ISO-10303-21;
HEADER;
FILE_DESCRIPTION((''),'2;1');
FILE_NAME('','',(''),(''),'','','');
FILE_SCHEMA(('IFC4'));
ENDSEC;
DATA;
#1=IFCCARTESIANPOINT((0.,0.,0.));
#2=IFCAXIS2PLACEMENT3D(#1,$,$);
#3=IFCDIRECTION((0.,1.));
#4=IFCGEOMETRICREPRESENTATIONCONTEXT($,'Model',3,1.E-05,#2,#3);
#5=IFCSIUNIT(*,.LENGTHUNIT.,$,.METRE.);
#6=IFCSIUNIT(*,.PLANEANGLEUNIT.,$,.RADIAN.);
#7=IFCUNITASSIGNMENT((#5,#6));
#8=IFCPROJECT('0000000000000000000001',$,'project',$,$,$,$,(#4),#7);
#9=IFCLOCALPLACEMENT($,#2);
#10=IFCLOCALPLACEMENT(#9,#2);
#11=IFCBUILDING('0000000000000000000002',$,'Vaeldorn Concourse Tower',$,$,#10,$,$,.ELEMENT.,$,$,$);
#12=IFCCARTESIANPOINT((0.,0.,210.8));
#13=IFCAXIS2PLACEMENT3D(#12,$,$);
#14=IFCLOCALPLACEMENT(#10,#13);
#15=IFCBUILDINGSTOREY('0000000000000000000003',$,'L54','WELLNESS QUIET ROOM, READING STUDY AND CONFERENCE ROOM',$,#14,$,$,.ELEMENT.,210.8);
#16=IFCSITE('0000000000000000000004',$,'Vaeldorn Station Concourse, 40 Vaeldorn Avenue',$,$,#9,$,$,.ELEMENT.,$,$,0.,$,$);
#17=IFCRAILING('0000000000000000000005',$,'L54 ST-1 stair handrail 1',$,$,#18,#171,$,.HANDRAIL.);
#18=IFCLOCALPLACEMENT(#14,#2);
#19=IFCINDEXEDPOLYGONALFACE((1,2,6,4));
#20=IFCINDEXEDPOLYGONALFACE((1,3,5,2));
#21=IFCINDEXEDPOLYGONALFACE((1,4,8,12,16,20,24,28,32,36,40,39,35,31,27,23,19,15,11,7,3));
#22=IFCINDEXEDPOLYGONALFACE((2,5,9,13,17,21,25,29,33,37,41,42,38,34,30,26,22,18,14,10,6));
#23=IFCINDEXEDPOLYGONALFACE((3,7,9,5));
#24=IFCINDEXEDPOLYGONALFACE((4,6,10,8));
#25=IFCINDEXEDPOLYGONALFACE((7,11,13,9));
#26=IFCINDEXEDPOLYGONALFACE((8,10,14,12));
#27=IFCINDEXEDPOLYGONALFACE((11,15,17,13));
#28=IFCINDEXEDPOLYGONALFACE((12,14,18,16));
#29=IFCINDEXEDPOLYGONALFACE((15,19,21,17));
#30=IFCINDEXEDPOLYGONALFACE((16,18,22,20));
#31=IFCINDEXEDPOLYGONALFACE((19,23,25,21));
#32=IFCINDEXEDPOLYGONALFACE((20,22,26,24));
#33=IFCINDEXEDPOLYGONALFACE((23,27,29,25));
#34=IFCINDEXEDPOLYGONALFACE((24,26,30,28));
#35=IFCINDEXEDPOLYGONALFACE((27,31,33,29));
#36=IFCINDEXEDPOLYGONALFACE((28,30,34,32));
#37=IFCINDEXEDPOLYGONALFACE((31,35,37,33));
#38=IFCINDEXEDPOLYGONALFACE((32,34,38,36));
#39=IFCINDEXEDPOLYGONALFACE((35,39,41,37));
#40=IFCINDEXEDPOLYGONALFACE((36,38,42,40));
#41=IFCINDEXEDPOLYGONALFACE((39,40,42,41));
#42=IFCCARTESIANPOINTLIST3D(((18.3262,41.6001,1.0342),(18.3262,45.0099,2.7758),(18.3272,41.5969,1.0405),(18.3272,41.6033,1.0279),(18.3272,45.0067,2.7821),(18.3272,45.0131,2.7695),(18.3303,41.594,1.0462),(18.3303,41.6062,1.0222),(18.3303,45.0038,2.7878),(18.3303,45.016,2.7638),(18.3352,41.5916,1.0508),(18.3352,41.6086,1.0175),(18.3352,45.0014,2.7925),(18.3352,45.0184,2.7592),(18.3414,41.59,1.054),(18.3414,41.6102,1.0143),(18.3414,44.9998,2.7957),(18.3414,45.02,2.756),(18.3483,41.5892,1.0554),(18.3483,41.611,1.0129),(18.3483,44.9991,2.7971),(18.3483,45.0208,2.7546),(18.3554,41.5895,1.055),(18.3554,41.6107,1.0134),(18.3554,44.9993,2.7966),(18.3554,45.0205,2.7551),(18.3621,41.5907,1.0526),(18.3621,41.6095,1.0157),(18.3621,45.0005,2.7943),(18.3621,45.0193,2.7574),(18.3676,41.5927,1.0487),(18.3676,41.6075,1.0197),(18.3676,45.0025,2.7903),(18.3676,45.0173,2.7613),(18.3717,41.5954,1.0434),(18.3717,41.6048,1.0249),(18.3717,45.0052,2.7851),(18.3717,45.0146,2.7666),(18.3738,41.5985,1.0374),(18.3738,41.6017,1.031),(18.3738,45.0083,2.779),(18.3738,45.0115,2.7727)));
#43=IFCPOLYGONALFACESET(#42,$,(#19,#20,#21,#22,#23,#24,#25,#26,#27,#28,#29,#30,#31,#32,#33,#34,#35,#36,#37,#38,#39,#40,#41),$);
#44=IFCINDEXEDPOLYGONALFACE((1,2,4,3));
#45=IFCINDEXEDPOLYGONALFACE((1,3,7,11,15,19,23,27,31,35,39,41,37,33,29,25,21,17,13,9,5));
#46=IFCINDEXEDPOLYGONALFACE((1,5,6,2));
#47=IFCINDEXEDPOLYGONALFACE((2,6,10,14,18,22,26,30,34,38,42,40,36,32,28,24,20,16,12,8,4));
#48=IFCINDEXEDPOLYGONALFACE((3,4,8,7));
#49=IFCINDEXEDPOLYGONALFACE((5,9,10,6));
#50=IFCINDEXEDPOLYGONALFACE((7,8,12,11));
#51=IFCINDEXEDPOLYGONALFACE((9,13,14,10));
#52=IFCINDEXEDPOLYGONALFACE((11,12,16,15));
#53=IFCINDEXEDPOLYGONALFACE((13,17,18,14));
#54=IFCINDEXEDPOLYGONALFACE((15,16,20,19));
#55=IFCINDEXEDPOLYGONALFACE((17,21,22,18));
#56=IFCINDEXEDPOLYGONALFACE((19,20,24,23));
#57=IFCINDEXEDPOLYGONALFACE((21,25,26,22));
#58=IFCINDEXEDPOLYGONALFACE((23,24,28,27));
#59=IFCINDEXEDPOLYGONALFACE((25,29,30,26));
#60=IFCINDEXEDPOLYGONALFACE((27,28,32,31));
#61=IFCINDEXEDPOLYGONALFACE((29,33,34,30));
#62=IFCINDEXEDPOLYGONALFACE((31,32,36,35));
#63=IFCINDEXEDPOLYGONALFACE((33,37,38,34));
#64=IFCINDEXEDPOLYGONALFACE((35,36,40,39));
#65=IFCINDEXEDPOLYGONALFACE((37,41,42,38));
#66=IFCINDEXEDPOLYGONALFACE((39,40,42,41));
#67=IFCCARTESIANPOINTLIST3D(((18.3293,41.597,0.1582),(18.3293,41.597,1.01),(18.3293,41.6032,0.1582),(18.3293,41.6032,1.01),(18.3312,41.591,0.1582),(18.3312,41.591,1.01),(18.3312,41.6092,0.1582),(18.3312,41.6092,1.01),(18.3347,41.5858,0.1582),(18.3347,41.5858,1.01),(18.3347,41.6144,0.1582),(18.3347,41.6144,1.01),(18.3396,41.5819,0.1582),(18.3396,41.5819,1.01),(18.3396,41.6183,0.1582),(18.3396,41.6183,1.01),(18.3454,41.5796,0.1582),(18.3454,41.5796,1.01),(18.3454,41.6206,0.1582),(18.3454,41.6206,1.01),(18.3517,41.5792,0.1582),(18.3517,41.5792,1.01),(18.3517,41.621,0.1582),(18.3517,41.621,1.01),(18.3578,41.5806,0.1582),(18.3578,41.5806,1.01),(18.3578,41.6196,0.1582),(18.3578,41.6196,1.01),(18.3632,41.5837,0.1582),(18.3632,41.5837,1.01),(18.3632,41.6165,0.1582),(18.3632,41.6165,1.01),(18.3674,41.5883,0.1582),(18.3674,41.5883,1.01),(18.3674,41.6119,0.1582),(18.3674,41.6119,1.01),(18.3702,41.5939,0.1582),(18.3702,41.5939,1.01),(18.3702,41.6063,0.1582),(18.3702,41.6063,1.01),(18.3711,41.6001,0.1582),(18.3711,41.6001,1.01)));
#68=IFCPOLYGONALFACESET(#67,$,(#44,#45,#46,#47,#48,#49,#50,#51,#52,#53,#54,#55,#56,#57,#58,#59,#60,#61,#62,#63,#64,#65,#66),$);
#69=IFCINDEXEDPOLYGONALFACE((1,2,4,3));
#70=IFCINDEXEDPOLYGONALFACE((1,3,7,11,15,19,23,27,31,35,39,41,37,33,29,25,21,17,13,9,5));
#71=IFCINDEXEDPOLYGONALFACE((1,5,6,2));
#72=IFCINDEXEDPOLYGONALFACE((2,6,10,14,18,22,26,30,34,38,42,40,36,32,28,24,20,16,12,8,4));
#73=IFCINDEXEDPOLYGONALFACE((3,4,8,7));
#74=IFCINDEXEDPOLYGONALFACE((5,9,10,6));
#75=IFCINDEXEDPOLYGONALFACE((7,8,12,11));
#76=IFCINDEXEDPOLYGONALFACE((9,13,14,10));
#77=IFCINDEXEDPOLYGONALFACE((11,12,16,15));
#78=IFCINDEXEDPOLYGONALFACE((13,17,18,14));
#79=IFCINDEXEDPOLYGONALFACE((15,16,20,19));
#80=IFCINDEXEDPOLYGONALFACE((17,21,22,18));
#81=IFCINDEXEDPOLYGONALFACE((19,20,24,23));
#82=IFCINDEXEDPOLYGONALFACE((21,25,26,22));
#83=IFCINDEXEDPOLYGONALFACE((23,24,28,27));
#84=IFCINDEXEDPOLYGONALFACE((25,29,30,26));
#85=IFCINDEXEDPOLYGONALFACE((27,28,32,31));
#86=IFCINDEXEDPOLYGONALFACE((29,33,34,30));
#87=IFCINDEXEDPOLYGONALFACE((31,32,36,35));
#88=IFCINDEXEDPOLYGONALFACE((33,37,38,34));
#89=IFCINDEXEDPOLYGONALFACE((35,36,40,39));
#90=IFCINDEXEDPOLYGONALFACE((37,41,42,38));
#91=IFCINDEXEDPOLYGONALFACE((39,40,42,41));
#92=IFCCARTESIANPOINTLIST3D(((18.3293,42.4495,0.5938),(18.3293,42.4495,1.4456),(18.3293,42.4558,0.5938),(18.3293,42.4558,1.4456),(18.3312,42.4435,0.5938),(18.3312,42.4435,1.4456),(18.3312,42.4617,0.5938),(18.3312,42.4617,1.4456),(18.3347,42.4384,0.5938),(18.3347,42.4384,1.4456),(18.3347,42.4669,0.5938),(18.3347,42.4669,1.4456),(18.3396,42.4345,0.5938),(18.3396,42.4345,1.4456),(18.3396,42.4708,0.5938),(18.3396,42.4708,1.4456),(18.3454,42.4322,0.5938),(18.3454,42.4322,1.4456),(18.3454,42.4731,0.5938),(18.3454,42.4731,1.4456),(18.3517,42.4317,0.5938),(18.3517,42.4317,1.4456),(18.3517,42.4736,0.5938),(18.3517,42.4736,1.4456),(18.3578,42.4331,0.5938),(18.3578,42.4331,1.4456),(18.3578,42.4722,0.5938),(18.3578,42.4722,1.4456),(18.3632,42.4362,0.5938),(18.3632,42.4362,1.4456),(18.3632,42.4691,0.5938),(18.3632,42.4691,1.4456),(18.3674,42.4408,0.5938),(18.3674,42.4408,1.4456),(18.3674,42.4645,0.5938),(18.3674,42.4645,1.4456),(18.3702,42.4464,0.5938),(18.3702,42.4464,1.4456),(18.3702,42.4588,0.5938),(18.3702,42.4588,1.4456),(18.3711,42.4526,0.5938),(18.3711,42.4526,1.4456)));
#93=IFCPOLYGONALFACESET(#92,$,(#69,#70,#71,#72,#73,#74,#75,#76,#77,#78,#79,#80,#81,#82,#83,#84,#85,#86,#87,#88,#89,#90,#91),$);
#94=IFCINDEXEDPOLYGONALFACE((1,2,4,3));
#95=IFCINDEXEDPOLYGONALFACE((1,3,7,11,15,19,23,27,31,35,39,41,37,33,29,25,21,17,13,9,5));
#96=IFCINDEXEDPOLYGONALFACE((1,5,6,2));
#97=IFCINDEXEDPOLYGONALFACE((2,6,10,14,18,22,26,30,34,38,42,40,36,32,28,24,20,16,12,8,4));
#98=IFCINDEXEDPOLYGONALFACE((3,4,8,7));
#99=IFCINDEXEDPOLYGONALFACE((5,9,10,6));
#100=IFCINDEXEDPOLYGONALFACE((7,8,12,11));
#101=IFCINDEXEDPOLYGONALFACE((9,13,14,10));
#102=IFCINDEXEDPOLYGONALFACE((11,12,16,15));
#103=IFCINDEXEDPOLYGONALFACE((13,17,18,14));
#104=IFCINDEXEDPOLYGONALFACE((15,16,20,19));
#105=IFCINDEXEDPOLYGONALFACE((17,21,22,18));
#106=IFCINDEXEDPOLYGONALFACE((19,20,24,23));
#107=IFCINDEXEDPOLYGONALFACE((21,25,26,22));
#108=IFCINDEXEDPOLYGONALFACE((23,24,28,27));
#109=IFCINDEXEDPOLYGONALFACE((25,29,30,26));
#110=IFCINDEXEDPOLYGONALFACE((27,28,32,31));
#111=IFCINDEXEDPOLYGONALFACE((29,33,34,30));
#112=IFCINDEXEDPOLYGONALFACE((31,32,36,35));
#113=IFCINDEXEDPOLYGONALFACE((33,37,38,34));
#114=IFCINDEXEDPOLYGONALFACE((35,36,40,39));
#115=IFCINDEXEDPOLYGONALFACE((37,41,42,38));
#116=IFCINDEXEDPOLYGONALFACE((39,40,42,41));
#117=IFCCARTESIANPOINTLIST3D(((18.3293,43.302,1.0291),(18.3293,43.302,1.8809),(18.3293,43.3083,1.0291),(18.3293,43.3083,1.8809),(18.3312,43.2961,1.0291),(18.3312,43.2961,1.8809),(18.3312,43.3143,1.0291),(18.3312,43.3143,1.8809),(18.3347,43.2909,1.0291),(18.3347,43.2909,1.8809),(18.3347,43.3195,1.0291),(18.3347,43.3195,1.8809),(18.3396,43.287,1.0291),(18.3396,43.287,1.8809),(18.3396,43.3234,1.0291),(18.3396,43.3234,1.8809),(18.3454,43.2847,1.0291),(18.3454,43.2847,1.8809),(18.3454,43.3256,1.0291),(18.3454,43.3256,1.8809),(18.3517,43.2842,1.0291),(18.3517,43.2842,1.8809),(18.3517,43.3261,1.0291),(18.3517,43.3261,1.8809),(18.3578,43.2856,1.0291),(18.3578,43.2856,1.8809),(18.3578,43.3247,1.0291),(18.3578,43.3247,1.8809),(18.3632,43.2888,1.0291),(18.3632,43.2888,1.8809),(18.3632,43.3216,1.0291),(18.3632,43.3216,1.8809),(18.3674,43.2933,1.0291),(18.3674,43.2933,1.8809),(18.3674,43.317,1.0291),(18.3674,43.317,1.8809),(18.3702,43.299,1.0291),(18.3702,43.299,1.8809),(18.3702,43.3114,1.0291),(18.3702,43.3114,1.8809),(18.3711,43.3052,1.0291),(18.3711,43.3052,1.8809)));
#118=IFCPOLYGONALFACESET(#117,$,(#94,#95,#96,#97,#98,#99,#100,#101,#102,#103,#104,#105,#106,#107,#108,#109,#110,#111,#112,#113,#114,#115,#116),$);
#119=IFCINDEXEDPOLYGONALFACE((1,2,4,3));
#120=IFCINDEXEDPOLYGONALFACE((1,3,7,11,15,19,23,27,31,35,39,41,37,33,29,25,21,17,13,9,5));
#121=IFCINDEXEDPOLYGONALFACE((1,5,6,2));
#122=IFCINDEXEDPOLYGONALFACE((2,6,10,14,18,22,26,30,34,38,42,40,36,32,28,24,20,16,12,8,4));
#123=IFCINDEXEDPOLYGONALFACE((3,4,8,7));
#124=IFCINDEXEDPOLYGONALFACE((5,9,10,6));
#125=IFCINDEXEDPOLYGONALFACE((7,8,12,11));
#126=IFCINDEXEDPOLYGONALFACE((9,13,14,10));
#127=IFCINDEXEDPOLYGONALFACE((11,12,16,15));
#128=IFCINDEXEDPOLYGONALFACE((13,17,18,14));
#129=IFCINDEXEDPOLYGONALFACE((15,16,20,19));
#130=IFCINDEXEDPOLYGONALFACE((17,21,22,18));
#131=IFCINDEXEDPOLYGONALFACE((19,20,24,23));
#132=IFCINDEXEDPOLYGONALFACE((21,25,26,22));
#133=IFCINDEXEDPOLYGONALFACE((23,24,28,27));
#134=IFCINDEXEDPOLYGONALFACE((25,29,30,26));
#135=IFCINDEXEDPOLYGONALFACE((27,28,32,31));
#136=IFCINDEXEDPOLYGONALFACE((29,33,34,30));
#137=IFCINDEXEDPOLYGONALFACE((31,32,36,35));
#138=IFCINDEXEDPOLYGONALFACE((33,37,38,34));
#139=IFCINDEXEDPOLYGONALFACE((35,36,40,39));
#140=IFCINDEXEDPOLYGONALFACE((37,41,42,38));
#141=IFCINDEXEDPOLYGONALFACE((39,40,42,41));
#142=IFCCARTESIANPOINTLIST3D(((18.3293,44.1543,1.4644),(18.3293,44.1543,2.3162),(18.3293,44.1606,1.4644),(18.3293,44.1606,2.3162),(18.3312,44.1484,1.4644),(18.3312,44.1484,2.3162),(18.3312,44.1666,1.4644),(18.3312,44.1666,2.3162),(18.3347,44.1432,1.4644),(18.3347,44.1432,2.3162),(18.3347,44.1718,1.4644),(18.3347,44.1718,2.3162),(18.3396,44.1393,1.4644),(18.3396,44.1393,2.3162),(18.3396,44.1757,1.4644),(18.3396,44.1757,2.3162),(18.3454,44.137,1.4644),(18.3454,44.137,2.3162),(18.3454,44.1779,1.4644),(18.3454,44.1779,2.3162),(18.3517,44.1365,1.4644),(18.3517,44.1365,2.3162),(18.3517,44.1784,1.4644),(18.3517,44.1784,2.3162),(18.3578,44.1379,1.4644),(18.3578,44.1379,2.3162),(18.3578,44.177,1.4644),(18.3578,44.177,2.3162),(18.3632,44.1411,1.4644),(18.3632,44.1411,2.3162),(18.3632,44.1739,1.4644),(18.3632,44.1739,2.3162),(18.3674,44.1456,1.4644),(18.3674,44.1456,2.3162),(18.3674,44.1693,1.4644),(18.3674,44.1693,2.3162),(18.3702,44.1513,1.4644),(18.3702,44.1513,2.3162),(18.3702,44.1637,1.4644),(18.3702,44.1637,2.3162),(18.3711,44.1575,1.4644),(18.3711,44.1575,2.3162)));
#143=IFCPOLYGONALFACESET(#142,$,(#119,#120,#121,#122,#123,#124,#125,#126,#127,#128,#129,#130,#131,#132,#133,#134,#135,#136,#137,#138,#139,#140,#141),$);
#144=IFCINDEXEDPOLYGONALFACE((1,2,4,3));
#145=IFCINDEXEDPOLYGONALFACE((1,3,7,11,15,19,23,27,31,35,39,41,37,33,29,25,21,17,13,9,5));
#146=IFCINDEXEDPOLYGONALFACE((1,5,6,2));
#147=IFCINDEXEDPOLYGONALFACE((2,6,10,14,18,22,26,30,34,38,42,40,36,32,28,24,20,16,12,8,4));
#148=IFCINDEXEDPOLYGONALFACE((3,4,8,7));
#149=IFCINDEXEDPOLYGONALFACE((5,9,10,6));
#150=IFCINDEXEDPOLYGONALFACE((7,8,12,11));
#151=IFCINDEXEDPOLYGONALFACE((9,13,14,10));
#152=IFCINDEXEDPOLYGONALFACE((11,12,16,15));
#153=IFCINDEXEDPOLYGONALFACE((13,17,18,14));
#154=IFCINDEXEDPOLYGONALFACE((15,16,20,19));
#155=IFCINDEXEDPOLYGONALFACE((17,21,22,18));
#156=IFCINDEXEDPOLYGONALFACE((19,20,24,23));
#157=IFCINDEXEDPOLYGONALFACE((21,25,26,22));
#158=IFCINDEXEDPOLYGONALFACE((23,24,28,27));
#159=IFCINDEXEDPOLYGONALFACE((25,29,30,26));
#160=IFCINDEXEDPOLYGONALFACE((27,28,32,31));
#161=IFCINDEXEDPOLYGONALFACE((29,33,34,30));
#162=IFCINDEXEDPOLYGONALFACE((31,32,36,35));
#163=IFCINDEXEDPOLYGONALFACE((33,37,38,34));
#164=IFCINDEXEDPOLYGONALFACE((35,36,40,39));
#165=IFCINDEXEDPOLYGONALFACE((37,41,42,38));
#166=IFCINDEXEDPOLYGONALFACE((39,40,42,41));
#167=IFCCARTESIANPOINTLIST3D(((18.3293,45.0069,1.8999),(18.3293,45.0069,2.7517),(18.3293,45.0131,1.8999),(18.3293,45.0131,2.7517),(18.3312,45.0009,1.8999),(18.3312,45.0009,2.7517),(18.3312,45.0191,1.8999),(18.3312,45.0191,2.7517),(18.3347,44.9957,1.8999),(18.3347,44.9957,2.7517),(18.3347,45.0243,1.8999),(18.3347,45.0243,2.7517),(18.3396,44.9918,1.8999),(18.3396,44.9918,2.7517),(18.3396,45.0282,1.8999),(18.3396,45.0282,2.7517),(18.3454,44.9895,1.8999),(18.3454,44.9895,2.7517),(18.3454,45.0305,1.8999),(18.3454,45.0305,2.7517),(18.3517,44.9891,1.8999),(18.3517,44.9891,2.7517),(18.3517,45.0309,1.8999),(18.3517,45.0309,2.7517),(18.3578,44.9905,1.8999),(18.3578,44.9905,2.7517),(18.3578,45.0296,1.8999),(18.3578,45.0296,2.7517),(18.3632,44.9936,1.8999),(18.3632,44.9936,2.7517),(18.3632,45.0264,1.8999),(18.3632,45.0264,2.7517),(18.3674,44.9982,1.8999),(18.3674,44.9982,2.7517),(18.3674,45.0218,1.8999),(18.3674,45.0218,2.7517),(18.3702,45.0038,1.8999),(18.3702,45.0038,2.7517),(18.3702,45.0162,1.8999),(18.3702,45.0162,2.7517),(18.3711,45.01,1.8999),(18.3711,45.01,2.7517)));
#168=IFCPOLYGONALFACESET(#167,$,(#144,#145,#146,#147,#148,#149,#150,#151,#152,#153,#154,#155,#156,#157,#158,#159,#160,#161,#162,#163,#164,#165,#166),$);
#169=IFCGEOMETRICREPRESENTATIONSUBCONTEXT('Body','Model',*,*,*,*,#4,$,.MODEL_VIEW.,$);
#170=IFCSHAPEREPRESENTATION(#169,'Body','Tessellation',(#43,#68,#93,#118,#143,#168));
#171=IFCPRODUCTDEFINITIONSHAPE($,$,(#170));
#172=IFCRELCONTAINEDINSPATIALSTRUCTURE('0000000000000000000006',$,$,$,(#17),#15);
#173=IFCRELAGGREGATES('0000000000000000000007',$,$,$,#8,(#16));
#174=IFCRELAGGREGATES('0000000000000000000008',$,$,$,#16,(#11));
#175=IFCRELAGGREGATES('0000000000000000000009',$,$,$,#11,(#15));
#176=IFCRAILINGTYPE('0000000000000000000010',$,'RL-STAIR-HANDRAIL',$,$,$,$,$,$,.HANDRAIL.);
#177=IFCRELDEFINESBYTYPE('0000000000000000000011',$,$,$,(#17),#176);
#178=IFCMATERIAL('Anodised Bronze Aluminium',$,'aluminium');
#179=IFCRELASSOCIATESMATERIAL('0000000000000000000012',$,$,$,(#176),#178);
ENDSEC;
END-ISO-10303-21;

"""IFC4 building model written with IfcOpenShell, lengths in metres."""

from ifc_helpers import new_model, si_unit, direction, frame, origin, origin_2d, place, context, subcontext, project, spatial, circle, extrude, material, type_object, element, save


model = new_model("IFC4")

# Units and contexts
model_context = context("Model", 3, precision=1e-05, world=origin(), true_north=direction((0.0, 1.0)))
body_context = subcontext(model_context, "Body", "Model", "MODEL_VIEW")
ifc_project = project(units=[si_unit("LENGTHUNIT", "METRE"), si_unit("PLANEANGLEUNIT", "RADIAN")], contexts=[model_context])

# Site, building, storey
site_placement = place(None, origin())
site = spatial("IfcSite", under=ifc_project, at=site_placement, Name="Vaeldorn Station Concourse, 40 Vaeldorn Avenue", CompositionType="ELEMENT", RefElevation=0.0)
building_placement = place(site_placement, origin())
building = spatial("IfcBuilding", under=site, at=building_placement, Name="Vaeldorn Concourse Tower", CompositionType="ELEMENT")
storey_placement = place(building_placement, frame((0.0, 0.0, 210.8)))
storey = spatial("IfcBuildingStorey", under=building, at=storey_placement, Name="L54", Description="WELLNESS QUIET ROOM, READING STUDY AND CONFERENCE ROOM", CompositionType="ELEMENT", Elevation=210.8)

# Shared definitions
ifc_material_1 = material(Name="Anodised Bronze Aluminium", Category="aluminium")

# Railing
railing_type_1 = type_object("IfcRailingType", Name="RL-STAIR-HANDRAIL", PredefinedType="HANDRAIL", material=ifc_material_1)
railing_1_placement = place(storey_placement, frame((18.3501, 41.6001, 0.1582)))
element("IfcRailing", 1, at=railing_1_placement, inside=storey, type_object=railing_type_1, Name="L54 ST-1 stair handrail 1", PredefinedType="HANDRAIL", context=body_context, shape_type="SweptSolid", body=[
    extrude(circle(Radius=0.0239, at=origin_2d()), frame((0.0, 0.0, 0.876), z_axis=(0.0, 0.890556, 0.454874), x_axis=(-1.0, 0.0, 0.0)), (0.0, 0.0, 1.0), 3.8289),
    extrude(circle(Radius=0.021, at=origin_2d()), origin(), (0.0, 0.0, 1.0), 0.8518),
    extrude(circle(Radius=0.021, at=origin_2d()), frame((0.0, 0.8525, 0.4355)), (0.0, 0.0, 1.0), 0.8518),
    extrude(circle(Radius=0.021, at=origin_2d()), frame((0.0, 1.7051, 0.8708)), (0.0, 0.0, 1.0), 0.8518),
    extrude(circle(Radius=0.021, at=origin_2d()), frame((0.0, 2.5574, 1.3062)), (0.0, 0.0, 1.0), 0.8518),
    extrude(circle(Radius=0.021, at=origin_2d()), frame((0.0, 3.4099, 1.7417)), (0.0, 0.0, 1.0), 0.8518),
])

save(model, "model.ifc")
